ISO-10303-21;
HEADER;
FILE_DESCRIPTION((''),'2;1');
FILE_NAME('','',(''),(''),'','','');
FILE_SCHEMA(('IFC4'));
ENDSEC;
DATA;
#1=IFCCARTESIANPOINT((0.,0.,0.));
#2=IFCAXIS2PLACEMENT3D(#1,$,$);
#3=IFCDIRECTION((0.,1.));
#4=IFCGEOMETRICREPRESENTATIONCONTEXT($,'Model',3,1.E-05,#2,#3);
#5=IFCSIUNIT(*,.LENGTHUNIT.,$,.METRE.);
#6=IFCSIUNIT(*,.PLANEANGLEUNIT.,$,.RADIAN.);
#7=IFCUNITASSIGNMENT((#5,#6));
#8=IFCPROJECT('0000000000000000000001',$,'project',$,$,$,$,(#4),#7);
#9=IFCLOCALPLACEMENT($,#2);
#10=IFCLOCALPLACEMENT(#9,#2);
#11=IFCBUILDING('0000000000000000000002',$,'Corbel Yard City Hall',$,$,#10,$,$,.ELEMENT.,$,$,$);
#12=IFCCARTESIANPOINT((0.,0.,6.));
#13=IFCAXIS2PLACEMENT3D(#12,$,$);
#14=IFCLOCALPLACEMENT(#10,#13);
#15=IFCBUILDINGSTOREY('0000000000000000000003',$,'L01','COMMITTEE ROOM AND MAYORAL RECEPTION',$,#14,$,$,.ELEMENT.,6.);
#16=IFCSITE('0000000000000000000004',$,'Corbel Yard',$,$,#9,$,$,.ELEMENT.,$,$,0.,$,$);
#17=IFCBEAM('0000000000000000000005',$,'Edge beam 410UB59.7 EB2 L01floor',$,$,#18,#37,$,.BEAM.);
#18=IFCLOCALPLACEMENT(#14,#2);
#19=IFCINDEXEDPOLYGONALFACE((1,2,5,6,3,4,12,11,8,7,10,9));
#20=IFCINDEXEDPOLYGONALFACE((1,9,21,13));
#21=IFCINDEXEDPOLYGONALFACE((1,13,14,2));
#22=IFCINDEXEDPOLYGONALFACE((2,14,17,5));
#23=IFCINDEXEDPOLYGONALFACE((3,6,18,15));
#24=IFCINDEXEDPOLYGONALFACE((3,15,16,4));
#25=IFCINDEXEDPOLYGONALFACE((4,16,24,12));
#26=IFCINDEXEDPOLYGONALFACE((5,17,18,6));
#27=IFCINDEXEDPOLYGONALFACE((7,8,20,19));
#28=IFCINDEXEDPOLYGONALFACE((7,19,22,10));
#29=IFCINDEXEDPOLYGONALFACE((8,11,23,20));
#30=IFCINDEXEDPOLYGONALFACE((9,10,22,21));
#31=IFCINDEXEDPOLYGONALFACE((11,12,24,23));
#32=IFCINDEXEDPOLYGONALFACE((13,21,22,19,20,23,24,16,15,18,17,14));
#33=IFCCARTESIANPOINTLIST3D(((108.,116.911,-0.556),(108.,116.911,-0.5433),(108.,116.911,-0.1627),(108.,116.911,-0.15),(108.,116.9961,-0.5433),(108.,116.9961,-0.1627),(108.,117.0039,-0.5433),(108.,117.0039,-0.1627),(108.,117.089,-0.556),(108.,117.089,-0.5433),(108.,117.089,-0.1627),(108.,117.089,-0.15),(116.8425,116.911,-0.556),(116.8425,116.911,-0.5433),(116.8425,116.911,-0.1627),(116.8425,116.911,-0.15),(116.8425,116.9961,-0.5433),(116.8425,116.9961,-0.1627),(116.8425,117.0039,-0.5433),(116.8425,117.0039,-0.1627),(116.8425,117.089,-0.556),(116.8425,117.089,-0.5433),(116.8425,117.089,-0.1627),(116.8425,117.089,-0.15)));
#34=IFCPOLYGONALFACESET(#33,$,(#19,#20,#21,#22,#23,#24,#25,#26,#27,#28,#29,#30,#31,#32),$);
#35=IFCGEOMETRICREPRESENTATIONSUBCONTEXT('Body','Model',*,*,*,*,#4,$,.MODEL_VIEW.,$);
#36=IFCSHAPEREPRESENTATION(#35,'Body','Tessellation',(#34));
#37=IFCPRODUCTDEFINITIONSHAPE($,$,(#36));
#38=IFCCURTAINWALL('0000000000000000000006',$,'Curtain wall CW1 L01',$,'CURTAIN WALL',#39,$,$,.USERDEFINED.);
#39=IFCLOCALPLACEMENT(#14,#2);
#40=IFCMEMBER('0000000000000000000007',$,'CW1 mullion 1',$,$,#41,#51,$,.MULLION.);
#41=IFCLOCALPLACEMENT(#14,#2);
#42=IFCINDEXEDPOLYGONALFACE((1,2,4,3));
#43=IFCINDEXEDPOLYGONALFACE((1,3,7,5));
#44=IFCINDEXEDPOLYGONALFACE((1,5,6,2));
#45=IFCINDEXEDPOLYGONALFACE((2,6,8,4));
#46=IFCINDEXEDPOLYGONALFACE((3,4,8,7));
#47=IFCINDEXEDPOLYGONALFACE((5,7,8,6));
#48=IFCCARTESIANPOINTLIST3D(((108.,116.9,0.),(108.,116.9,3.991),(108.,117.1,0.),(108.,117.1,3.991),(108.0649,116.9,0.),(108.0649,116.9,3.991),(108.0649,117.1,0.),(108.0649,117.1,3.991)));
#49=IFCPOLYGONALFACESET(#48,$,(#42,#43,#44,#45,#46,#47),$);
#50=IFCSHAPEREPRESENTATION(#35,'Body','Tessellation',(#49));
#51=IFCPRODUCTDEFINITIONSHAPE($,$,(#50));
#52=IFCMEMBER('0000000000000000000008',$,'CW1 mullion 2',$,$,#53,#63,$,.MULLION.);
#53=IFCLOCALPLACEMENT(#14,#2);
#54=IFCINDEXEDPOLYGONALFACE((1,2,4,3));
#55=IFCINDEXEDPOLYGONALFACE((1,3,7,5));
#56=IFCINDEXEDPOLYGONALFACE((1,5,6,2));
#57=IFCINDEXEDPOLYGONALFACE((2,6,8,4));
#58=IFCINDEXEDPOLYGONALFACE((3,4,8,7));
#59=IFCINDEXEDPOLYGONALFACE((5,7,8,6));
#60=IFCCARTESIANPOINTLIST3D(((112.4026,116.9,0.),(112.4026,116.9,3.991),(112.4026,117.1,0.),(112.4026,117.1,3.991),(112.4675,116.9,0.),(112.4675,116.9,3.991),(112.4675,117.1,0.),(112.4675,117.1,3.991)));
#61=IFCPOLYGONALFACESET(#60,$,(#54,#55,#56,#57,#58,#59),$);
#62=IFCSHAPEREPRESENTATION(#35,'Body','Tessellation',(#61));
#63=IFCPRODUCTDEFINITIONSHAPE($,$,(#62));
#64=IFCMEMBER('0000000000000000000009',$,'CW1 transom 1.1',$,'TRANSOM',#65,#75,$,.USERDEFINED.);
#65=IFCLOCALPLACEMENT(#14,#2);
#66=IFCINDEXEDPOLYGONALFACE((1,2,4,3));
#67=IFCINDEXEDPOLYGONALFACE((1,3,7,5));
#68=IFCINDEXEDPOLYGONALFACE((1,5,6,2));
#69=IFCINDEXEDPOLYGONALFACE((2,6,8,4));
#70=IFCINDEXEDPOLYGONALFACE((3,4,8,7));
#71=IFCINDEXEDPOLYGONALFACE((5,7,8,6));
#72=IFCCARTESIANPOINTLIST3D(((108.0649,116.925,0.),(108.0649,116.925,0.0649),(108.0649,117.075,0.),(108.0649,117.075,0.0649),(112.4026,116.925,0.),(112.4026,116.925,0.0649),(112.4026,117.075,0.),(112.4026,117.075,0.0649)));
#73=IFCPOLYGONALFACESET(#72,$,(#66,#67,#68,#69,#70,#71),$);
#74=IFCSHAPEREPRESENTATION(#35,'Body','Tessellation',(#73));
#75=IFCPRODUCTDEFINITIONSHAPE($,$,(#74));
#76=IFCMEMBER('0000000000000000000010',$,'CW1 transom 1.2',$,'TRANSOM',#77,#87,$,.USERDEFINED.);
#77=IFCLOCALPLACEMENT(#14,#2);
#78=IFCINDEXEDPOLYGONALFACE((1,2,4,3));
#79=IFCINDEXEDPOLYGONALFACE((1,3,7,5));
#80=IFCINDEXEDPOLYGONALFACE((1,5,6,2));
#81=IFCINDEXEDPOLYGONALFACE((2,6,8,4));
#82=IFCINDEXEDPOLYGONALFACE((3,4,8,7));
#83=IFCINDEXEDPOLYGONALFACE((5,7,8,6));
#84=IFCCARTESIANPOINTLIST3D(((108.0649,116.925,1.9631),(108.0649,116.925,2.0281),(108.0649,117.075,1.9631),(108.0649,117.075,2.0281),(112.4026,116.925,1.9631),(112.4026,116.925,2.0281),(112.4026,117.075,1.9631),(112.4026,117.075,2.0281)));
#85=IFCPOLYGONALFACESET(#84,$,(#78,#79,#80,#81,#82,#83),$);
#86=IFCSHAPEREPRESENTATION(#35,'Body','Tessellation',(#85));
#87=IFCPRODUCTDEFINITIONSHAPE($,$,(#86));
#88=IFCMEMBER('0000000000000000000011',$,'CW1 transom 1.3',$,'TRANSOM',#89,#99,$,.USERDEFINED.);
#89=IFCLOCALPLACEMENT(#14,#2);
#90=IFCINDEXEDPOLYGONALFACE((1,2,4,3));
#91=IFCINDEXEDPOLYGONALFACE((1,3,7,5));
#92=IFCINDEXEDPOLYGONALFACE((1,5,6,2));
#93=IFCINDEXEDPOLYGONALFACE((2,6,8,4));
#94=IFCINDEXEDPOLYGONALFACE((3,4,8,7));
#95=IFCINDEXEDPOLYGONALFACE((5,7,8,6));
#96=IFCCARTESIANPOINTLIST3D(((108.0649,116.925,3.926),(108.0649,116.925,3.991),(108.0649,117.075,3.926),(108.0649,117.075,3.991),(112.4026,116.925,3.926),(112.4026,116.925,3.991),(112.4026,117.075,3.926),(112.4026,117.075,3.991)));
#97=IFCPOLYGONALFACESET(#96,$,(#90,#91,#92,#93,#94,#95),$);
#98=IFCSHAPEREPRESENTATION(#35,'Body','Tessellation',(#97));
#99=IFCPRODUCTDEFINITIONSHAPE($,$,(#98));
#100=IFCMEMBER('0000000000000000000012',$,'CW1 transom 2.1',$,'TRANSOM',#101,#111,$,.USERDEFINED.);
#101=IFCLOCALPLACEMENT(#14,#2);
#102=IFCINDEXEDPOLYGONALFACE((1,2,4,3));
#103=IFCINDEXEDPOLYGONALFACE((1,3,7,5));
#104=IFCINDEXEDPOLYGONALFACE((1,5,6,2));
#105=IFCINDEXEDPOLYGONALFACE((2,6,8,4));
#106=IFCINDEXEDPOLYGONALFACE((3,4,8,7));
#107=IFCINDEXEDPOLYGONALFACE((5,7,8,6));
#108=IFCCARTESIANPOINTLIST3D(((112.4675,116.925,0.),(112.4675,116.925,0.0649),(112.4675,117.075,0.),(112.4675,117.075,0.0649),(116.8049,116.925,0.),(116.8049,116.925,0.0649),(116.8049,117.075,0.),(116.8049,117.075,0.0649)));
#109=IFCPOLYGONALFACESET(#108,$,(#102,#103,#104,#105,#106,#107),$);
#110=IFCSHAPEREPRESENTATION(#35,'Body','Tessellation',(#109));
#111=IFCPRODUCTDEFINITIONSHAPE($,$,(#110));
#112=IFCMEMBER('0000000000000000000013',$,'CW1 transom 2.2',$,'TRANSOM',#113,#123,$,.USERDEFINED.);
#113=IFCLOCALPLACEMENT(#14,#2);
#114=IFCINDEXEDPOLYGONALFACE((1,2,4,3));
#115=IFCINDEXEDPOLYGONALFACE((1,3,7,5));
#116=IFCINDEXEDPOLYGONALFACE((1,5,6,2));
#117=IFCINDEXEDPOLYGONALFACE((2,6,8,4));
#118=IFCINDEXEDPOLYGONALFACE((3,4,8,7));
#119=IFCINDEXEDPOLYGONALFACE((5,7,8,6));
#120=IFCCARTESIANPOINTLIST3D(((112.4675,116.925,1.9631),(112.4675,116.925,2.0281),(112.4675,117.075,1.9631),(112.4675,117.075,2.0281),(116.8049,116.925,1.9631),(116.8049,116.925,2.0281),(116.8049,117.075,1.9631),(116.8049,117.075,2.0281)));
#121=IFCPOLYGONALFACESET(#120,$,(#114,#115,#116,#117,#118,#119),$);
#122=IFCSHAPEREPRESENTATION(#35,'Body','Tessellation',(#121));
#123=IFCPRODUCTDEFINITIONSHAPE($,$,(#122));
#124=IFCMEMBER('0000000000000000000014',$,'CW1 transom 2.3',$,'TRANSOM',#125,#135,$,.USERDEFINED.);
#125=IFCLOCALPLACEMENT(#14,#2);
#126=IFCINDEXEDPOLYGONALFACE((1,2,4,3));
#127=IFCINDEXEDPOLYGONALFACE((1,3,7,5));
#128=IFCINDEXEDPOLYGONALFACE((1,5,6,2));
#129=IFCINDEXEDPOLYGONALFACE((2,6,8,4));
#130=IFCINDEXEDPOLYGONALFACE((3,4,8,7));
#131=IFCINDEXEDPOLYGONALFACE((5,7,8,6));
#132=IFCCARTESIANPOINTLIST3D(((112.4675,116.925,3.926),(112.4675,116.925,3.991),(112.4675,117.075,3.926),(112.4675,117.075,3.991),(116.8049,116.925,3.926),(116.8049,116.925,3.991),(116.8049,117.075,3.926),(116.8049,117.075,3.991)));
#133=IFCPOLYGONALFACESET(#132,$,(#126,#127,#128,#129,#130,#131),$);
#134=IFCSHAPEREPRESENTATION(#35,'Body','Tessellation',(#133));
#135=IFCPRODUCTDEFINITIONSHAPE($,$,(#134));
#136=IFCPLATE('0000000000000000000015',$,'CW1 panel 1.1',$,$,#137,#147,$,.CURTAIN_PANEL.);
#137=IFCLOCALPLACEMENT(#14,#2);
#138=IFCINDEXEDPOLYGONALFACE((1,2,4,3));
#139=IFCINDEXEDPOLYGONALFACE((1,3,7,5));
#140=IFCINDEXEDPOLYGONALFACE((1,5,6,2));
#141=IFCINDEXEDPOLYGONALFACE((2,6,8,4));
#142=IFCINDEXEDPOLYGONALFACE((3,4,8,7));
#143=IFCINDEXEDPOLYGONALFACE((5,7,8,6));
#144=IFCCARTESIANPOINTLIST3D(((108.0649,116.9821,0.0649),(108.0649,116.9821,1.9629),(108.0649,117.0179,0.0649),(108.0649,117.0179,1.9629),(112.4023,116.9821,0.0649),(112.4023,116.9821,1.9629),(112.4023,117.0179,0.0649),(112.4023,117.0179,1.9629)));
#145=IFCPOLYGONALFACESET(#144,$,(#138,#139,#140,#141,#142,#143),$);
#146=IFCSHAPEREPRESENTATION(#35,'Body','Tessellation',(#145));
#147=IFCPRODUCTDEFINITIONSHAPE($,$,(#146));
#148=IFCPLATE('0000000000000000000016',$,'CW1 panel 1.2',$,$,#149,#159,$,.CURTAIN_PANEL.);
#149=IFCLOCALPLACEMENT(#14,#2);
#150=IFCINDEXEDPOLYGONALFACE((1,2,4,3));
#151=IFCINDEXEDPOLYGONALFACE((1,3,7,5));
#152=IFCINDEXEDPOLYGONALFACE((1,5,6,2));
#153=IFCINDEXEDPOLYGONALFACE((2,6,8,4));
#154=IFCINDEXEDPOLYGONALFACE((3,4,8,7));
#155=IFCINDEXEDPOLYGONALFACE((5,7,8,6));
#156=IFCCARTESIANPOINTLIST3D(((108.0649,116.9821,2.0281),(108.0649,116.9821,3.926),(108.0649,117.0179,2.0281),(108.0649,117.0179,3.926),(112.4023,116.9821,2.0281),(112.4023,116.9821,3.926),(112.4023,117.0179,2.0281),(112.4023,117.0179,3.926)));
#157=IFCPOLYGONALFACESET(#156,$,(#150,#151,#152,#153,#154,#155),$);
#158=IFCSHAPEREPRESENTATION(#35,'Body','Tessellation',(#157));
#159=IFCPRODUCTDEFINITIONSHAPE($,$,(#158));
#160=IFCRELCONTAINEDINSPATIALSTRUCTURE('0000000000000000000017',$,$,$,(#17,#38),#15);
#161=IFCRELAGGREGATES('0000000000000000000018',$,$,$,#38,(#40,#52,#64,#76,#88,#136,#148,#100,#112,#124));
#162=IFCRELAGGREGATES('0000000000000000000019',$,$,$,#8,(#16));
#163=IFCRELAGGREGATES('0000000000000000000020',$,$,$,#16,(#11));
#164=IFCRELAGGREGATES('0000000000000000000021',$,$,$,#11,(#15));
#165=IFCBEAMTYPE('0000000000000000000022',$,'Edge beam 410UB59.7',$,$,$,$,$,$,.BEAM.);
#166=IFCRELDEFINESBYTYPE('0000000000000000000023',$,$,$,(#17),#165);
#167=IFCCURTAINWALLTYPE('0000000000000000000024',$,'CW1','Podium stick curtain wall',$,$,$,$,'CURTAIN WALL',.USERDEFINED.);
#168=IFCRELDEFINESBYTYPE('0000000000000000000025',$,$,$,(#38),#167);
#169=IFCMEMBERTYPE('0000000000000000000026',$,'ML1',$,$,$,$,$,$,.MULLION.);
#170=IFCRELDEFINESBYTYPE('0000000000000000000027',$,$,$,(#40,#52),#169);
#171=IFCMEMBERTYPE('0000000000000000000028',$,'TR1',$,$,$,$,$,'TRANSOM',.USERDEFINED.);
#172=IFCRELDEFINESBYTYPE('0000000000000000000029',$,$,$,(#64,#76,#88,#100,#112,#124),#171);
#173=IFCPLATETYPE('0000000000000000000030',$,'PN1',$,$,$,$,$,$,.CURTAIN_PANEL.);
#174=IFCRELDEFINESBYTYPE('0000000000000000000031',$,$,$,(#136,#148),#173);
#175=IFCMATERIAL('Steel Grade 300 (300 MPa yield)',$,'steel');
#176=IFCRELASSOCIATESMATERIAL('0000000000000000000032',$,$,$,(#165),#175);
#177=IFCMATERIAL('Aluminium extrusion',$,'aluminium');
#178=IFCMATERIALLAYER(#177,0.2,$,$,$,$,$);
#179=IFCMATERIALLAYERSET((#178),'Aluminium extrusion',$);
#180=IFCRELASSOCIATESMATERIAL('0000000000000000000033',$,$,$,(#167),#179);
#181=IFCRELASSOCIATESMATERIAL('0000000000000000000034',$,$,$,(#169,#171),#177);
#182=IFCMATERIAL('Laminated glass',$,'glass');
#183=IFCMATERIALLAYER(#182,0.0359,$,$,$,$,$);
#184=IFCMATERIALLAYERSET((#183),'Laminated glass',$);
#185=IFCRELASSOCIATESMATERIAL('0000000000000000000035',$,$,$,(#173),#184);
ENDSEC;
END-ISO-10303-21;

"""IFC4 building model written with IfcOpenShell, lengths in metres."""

from ifc_helpers import new_model, si_unit, direction, frame, origin, origin_2d, place, context, subcontext, project, spatial, rectangle, i_section, extrude, material, layer, layer_set, material_profile, profile_set, type_object, element, aggregate, save


model = new_model("IFC4")

# Units and contexts
model_context = context("Model", 3, precision=1e-05, world=origin(), true_north=direction((0.0, 1.0)))
body_context = subcontext(model_context, "Body", "Model", "MODEL_VIEW")
ifc_project = project(units=[si_unit("LENGTHUNIT", "METRE"), si_unit("PLANEANGLEUNIT", "RADIAN")], contexts=[model_context])

# Site, building, storey
site_placement = place(None, origin())
site = spatial("IfcSite", under=ifc_project, at=site_placement, Name="Corbel Yard", CompositionType="ELEMENT", RefElevation=0.0)
building_placement = place(site_placement, origin())
building = spatial("IfcBuilding", under=site, at=building_placement, Name="Corbel Yard City Hall", CompositionType="ELEMENT")
storey_placement = place(building_placement, frame((0.0, 0.0, 6.0)))
storey = spatial("IfcBuildingStorey", under=building, at=storey_placement, Name="L01", Description="COMMITTEE ROOM AND MAYORAL RECEPTION", CompositionType="ELEMENT", Elevation=6.0)

# Beam
ifc_material_1 = material(Name="Steel Grade 300 (300 MPa yield)", Category="steel")
ifc_material_profile_1 = material_profile(ifc_material_1, i_section(OverallWidth=0.178, OverallDepth=0.406, WebThickness=0.0078, FlangeThickness=0.0127, at=origin_2d()), Name="410UB59.7")
ifc_profile_set_1 = profile_set([ifc_material_profile_1], Name="Steel Grade 300 (300 MPa yield)")
beam_type = type_object("IfcBeamType", Name="Edge beam 410UB59.7", PredefinedType="BEAM", material=ifc_profile_set_1)
beam_placement = place(storey_placement, frame((108.0, 117.0, -0.353), z_axis=(1.0, 0.0, 0.0), x_axis=(0.0, 1.0, 0.0)))
element("IfcBeam", 1, at=beam_placement, inside=storey, type_object=beam_type, Name="Edge beam 410UB59.7 EB2 L01floor", PredefinedType="BEAM", context=body_context, shape_type="SweptSolid", body=[
    extrude(i_section(OverallWidth=0.178, OverallDepth=0.406, WebThickness=0.0078, FlangeThickness=0.0127, at=origin_2d()), origin(), (0.0, 0.0, 1.0), 8.8425),
])

# Curtain wall, members, plates
ifc_material_2 = material(Name="Aluminium extrusion", Category="aluminium")
ifc_layer_1 = layer(ifc_material_2, 0.2)
ifc_layer_set_1 = layer_set([ifc_layer_1], Name="Aluminium extrusion")
curtain_wall_type = type_object("IfcCurtainWallType", Name="CW1", Description="Podium stick curtain wall", ElementType="CURTAIN WALL", PredefinedType="USERDEFINED", material=ifc_layer_set_1)
curtain_wall_placement = place(storey_placement, origin())
curtain_wall = element("IfcCurtainWall", 2, at=curtain_wall_placement, inside=storey, type_object=curtain_wall_type, Name="Curtain wall CW1 L01", ObjectType="CURTAIN WALL", PredefinedType="USERDEFINED")
ifc_material_profile_2 = material_profile(ifc_material_2, rectangle(XDim=0.2, YDim=0.0649, at=origin_2d()), Name="200x65")
ifc_profile_set_2 = profile_set([ifc_material_profile_2], Name="Aluminium extrusion")
member_type_1 = type_object("IfcMemberType", Name="ML1", PredefinedType="MULLION", material=ifc_profile_set_2)
member_1_placement = place(storey_placement, frame((108.0325, 117.0, 0.0), z_axis=(0.0, 0.0, 1.0), x_axis=(0.0, 1.0, 0.0)))
member_1 = element("IfcMember", 3, at=member_1_placement, type_object=member_type_1, Name="CW1 mullion 1", PredefinedType="MULLION", context=body_context, shape_type="SweptSolid", body=[
    extrude(rectangle(XDim=0.2, YDim=0.0649, at=origin_2d()), origin(), (0.0, 0.0, 1.0), 3.991),
])
member_2_placement = place(storey_placement, frame((112.4351, 117.0, 0.0), z_axis=(0.0, 0.0, 1.0), x_axis=(0.0, 1.0, 0.0)))
member_2 = element("IfcMember", 4, at=member_2_placement, type_object=member_type_1, Name="CW1 mullion 2", PredefinedType="MULLION", context=body_context, shape_type="SweptSolid", body=[
    extrude(rectangle(XDim=0.2, YDim=0.0649, at=origin_2d()), origin(), (0.0, 0.0, 1.0), 3.991),
])
ifc_material_profile_3 = material_profile(ifc_material_2, rectangle(XDim=0.1499, YDim=0.0649, at=origin_2d()), Name="150x65")
ifc_profile_set_3 = profile_set([ifc_material_profile_3], Name="Aluminium extrusion")
member_type_2 = type_object("IfcMemberType", Name="TR1", ElementType="TRANSOM", PredefinedType="USERDEFINED", material=ifc_profile_set_3)
member_3_placement = place(storey_placement, frame((108.0649, 117.0, 0.0325), z_axis=(1.0, 0.0, 0.0), x_axis=(0.0, 1.0, 0.0)))
member_3 = element("IfcMember", 5, at=member_3_placement, type_object=member_type_2, Name="CW1 transom 1.1", ObjectType="TRANSOM", PredefinedType="USERDEFINED", context=body_context, shape_type="SweptSolid", body=[
    extrude(rectangle(XDim=0.1499, YDim=0.0649, at=origin_2d()), origin(), (0.0, 0.0, 1.0), 4.3376),
])
member_4_placement = place(storey_placement, frame((108.0649, 117.0, 1.9956), z_axis=(1.0, 0.0, 0.0), x_axis=(0.0, 1.0, 0.0)))
member_4 = element("IfcMember", 6, at=member_4_placement, type_object=member_type_2, Name="CW1 transom 1.2", ObjectType="TRANSOM", PredefinedType="USERDEFINED", context=body_context, shape_type="SweptSolid", body=[
    extrude(rectangle(XDim=0.1499, YDim=0.0649, at=origin_2d()), origin(), (0.0, 0.0, 1.0), 4.3376),
])
member_5_placement = place(storey_placement, frame((108.0649, 117.0, 3.9585), z_axis=(1.0, 0.0, 0.0), x_axis=(0.0, 1.0, 0.0)))
member_5 = element("IfcMember", 7, at=member_5_placement, type_object=member_type_2, Name="CW1 transom 1.3", ObjectType="TRANSOM", PredefinedType="USERDEFINED", context=body_context, shape_type="SweptSolid", body=[
    extrude(rectangle(XDim=0.1499, YDim=0.0649, at=origin_2d()), origin(), (0.0, 0.0, 1.0), 4.3376),
])
member_6_placement = place(storey_placement, frame((112.4675, 117.0, 0.0325), z_axis=(1.0, 0.0, 0.0), x_axis=(0.0, 1.0, 0.0)))
member_6 = element("IfcMember", 8, at=member_6_placement, type_object=member_type_2, Name="CW1 transom 2.1", ObjectType="TRANSOM", PredefinedType="USERDEFINED", context=body_context, shape_type="SweptSolid", body=[
    extrude(rectangle(XDim=0.1499, YDim=0.0649, at=origin_2d()), origin(), (0.0, 0.0, 1.0), 4.3374),
])
member_7_placement = place(storey_placement, frame((112.4675, 117.0, 1.9956), z_axis=(1.0, 0.0, 0.0), x_axis=(0.0, 1.0, 0.0)))
member_7 = element("IfcMember", 9, at=member_7_placement, type_object=member_type_2, Name="CW1 transom 2.2", ObjectType="TRANSOM", PredefinedType="USERDEFINED", context=body_context, shape_type="SweptSolid", body=[
    extrude(rectangle(XDim=0.1499, YDim=0.0649, at=origin_2d()), origin(), (0.0, 0.0, 1.0), 4.3374),
])
member_8_placement = place(storey_placement, frame((112.4675, 117.0, 3.9585), z_axis=(1.0, 0.0, 0.0), x_axis=(0.0, 1.0, 0.0)))
member_8 = element("IfcMember", 10, at=member_8_placement, type_object=member_type_2, Name="CW1 transom 2.3", ObjectType="TRANSOM", PredefinedType="USERDEFINED", context=body_context, shape_type="SweptSolid", body=[
    extrude(rectangle(XDim=0.1499, YDim=0.0649, at=origin_2d()), origin(), (0.0, 0.0, 1.0), 4.3374),
])
ifc_material_3 = material(Name="Laminated glass", Category="glass")
ifc_layer_2 = layer(ifc_material_3, 0.0359)
ifc_layer_set_2 = layer_set([ifc_layer_2], Name="Laminated glass")
plate_type = type_object("IfcPlateType", Name="PN1", PredefinedType="CURTAIN_PANEL", material=ifc_layer_set_2)
plate_1_placement = place(storey_placement, frame((110.2336, 117.0, 0.0649), z_axis=(0.0, 0.0, 1.0), x_axis=(1.0, 0.0, 0.0)))
plate_1 = element("IfcPlate", 11, at=plate_1_placement, type_object=plate_type, Name="CW1 panel 1.1", PredefinedType="CURTAIN_PANEL", context=body_context, shape_type="SweptSolid", body=[
    extrude(rectangle(XDim=4.3374, YDim=0.0359, at=origin_2d()), origin(), (0.0, 0.0, 1.0), 1.8979),
])
plate_2_placement = place(storey_placement, frame((110.2336, 117.0, 2.0281), z_axis=(0.0, 0.0, 1.0), x_axis=(1.0, 0.0, 0.0)))
plate_2 = element("IfcPlate", 12, at=plate_2_placement, type_object=plate_type, Name="CW1 panel 1.2", PredefinedType="CURTAIN_PANEL", context=body_context, shape_type="SweptSolid", body=[
    extrude(rectangle(XDim=4.3374, YDim=0.0359, at=origin_2d()), origin(), (0.0, 0.0, 1.0), 1.8979),
])
aggregate(curtain_wall, [member_1, member_2, member_3, member_4, member_5, plate_1, plate_2, member_6, member_7, member_8])

save(model, "model.ifc")
